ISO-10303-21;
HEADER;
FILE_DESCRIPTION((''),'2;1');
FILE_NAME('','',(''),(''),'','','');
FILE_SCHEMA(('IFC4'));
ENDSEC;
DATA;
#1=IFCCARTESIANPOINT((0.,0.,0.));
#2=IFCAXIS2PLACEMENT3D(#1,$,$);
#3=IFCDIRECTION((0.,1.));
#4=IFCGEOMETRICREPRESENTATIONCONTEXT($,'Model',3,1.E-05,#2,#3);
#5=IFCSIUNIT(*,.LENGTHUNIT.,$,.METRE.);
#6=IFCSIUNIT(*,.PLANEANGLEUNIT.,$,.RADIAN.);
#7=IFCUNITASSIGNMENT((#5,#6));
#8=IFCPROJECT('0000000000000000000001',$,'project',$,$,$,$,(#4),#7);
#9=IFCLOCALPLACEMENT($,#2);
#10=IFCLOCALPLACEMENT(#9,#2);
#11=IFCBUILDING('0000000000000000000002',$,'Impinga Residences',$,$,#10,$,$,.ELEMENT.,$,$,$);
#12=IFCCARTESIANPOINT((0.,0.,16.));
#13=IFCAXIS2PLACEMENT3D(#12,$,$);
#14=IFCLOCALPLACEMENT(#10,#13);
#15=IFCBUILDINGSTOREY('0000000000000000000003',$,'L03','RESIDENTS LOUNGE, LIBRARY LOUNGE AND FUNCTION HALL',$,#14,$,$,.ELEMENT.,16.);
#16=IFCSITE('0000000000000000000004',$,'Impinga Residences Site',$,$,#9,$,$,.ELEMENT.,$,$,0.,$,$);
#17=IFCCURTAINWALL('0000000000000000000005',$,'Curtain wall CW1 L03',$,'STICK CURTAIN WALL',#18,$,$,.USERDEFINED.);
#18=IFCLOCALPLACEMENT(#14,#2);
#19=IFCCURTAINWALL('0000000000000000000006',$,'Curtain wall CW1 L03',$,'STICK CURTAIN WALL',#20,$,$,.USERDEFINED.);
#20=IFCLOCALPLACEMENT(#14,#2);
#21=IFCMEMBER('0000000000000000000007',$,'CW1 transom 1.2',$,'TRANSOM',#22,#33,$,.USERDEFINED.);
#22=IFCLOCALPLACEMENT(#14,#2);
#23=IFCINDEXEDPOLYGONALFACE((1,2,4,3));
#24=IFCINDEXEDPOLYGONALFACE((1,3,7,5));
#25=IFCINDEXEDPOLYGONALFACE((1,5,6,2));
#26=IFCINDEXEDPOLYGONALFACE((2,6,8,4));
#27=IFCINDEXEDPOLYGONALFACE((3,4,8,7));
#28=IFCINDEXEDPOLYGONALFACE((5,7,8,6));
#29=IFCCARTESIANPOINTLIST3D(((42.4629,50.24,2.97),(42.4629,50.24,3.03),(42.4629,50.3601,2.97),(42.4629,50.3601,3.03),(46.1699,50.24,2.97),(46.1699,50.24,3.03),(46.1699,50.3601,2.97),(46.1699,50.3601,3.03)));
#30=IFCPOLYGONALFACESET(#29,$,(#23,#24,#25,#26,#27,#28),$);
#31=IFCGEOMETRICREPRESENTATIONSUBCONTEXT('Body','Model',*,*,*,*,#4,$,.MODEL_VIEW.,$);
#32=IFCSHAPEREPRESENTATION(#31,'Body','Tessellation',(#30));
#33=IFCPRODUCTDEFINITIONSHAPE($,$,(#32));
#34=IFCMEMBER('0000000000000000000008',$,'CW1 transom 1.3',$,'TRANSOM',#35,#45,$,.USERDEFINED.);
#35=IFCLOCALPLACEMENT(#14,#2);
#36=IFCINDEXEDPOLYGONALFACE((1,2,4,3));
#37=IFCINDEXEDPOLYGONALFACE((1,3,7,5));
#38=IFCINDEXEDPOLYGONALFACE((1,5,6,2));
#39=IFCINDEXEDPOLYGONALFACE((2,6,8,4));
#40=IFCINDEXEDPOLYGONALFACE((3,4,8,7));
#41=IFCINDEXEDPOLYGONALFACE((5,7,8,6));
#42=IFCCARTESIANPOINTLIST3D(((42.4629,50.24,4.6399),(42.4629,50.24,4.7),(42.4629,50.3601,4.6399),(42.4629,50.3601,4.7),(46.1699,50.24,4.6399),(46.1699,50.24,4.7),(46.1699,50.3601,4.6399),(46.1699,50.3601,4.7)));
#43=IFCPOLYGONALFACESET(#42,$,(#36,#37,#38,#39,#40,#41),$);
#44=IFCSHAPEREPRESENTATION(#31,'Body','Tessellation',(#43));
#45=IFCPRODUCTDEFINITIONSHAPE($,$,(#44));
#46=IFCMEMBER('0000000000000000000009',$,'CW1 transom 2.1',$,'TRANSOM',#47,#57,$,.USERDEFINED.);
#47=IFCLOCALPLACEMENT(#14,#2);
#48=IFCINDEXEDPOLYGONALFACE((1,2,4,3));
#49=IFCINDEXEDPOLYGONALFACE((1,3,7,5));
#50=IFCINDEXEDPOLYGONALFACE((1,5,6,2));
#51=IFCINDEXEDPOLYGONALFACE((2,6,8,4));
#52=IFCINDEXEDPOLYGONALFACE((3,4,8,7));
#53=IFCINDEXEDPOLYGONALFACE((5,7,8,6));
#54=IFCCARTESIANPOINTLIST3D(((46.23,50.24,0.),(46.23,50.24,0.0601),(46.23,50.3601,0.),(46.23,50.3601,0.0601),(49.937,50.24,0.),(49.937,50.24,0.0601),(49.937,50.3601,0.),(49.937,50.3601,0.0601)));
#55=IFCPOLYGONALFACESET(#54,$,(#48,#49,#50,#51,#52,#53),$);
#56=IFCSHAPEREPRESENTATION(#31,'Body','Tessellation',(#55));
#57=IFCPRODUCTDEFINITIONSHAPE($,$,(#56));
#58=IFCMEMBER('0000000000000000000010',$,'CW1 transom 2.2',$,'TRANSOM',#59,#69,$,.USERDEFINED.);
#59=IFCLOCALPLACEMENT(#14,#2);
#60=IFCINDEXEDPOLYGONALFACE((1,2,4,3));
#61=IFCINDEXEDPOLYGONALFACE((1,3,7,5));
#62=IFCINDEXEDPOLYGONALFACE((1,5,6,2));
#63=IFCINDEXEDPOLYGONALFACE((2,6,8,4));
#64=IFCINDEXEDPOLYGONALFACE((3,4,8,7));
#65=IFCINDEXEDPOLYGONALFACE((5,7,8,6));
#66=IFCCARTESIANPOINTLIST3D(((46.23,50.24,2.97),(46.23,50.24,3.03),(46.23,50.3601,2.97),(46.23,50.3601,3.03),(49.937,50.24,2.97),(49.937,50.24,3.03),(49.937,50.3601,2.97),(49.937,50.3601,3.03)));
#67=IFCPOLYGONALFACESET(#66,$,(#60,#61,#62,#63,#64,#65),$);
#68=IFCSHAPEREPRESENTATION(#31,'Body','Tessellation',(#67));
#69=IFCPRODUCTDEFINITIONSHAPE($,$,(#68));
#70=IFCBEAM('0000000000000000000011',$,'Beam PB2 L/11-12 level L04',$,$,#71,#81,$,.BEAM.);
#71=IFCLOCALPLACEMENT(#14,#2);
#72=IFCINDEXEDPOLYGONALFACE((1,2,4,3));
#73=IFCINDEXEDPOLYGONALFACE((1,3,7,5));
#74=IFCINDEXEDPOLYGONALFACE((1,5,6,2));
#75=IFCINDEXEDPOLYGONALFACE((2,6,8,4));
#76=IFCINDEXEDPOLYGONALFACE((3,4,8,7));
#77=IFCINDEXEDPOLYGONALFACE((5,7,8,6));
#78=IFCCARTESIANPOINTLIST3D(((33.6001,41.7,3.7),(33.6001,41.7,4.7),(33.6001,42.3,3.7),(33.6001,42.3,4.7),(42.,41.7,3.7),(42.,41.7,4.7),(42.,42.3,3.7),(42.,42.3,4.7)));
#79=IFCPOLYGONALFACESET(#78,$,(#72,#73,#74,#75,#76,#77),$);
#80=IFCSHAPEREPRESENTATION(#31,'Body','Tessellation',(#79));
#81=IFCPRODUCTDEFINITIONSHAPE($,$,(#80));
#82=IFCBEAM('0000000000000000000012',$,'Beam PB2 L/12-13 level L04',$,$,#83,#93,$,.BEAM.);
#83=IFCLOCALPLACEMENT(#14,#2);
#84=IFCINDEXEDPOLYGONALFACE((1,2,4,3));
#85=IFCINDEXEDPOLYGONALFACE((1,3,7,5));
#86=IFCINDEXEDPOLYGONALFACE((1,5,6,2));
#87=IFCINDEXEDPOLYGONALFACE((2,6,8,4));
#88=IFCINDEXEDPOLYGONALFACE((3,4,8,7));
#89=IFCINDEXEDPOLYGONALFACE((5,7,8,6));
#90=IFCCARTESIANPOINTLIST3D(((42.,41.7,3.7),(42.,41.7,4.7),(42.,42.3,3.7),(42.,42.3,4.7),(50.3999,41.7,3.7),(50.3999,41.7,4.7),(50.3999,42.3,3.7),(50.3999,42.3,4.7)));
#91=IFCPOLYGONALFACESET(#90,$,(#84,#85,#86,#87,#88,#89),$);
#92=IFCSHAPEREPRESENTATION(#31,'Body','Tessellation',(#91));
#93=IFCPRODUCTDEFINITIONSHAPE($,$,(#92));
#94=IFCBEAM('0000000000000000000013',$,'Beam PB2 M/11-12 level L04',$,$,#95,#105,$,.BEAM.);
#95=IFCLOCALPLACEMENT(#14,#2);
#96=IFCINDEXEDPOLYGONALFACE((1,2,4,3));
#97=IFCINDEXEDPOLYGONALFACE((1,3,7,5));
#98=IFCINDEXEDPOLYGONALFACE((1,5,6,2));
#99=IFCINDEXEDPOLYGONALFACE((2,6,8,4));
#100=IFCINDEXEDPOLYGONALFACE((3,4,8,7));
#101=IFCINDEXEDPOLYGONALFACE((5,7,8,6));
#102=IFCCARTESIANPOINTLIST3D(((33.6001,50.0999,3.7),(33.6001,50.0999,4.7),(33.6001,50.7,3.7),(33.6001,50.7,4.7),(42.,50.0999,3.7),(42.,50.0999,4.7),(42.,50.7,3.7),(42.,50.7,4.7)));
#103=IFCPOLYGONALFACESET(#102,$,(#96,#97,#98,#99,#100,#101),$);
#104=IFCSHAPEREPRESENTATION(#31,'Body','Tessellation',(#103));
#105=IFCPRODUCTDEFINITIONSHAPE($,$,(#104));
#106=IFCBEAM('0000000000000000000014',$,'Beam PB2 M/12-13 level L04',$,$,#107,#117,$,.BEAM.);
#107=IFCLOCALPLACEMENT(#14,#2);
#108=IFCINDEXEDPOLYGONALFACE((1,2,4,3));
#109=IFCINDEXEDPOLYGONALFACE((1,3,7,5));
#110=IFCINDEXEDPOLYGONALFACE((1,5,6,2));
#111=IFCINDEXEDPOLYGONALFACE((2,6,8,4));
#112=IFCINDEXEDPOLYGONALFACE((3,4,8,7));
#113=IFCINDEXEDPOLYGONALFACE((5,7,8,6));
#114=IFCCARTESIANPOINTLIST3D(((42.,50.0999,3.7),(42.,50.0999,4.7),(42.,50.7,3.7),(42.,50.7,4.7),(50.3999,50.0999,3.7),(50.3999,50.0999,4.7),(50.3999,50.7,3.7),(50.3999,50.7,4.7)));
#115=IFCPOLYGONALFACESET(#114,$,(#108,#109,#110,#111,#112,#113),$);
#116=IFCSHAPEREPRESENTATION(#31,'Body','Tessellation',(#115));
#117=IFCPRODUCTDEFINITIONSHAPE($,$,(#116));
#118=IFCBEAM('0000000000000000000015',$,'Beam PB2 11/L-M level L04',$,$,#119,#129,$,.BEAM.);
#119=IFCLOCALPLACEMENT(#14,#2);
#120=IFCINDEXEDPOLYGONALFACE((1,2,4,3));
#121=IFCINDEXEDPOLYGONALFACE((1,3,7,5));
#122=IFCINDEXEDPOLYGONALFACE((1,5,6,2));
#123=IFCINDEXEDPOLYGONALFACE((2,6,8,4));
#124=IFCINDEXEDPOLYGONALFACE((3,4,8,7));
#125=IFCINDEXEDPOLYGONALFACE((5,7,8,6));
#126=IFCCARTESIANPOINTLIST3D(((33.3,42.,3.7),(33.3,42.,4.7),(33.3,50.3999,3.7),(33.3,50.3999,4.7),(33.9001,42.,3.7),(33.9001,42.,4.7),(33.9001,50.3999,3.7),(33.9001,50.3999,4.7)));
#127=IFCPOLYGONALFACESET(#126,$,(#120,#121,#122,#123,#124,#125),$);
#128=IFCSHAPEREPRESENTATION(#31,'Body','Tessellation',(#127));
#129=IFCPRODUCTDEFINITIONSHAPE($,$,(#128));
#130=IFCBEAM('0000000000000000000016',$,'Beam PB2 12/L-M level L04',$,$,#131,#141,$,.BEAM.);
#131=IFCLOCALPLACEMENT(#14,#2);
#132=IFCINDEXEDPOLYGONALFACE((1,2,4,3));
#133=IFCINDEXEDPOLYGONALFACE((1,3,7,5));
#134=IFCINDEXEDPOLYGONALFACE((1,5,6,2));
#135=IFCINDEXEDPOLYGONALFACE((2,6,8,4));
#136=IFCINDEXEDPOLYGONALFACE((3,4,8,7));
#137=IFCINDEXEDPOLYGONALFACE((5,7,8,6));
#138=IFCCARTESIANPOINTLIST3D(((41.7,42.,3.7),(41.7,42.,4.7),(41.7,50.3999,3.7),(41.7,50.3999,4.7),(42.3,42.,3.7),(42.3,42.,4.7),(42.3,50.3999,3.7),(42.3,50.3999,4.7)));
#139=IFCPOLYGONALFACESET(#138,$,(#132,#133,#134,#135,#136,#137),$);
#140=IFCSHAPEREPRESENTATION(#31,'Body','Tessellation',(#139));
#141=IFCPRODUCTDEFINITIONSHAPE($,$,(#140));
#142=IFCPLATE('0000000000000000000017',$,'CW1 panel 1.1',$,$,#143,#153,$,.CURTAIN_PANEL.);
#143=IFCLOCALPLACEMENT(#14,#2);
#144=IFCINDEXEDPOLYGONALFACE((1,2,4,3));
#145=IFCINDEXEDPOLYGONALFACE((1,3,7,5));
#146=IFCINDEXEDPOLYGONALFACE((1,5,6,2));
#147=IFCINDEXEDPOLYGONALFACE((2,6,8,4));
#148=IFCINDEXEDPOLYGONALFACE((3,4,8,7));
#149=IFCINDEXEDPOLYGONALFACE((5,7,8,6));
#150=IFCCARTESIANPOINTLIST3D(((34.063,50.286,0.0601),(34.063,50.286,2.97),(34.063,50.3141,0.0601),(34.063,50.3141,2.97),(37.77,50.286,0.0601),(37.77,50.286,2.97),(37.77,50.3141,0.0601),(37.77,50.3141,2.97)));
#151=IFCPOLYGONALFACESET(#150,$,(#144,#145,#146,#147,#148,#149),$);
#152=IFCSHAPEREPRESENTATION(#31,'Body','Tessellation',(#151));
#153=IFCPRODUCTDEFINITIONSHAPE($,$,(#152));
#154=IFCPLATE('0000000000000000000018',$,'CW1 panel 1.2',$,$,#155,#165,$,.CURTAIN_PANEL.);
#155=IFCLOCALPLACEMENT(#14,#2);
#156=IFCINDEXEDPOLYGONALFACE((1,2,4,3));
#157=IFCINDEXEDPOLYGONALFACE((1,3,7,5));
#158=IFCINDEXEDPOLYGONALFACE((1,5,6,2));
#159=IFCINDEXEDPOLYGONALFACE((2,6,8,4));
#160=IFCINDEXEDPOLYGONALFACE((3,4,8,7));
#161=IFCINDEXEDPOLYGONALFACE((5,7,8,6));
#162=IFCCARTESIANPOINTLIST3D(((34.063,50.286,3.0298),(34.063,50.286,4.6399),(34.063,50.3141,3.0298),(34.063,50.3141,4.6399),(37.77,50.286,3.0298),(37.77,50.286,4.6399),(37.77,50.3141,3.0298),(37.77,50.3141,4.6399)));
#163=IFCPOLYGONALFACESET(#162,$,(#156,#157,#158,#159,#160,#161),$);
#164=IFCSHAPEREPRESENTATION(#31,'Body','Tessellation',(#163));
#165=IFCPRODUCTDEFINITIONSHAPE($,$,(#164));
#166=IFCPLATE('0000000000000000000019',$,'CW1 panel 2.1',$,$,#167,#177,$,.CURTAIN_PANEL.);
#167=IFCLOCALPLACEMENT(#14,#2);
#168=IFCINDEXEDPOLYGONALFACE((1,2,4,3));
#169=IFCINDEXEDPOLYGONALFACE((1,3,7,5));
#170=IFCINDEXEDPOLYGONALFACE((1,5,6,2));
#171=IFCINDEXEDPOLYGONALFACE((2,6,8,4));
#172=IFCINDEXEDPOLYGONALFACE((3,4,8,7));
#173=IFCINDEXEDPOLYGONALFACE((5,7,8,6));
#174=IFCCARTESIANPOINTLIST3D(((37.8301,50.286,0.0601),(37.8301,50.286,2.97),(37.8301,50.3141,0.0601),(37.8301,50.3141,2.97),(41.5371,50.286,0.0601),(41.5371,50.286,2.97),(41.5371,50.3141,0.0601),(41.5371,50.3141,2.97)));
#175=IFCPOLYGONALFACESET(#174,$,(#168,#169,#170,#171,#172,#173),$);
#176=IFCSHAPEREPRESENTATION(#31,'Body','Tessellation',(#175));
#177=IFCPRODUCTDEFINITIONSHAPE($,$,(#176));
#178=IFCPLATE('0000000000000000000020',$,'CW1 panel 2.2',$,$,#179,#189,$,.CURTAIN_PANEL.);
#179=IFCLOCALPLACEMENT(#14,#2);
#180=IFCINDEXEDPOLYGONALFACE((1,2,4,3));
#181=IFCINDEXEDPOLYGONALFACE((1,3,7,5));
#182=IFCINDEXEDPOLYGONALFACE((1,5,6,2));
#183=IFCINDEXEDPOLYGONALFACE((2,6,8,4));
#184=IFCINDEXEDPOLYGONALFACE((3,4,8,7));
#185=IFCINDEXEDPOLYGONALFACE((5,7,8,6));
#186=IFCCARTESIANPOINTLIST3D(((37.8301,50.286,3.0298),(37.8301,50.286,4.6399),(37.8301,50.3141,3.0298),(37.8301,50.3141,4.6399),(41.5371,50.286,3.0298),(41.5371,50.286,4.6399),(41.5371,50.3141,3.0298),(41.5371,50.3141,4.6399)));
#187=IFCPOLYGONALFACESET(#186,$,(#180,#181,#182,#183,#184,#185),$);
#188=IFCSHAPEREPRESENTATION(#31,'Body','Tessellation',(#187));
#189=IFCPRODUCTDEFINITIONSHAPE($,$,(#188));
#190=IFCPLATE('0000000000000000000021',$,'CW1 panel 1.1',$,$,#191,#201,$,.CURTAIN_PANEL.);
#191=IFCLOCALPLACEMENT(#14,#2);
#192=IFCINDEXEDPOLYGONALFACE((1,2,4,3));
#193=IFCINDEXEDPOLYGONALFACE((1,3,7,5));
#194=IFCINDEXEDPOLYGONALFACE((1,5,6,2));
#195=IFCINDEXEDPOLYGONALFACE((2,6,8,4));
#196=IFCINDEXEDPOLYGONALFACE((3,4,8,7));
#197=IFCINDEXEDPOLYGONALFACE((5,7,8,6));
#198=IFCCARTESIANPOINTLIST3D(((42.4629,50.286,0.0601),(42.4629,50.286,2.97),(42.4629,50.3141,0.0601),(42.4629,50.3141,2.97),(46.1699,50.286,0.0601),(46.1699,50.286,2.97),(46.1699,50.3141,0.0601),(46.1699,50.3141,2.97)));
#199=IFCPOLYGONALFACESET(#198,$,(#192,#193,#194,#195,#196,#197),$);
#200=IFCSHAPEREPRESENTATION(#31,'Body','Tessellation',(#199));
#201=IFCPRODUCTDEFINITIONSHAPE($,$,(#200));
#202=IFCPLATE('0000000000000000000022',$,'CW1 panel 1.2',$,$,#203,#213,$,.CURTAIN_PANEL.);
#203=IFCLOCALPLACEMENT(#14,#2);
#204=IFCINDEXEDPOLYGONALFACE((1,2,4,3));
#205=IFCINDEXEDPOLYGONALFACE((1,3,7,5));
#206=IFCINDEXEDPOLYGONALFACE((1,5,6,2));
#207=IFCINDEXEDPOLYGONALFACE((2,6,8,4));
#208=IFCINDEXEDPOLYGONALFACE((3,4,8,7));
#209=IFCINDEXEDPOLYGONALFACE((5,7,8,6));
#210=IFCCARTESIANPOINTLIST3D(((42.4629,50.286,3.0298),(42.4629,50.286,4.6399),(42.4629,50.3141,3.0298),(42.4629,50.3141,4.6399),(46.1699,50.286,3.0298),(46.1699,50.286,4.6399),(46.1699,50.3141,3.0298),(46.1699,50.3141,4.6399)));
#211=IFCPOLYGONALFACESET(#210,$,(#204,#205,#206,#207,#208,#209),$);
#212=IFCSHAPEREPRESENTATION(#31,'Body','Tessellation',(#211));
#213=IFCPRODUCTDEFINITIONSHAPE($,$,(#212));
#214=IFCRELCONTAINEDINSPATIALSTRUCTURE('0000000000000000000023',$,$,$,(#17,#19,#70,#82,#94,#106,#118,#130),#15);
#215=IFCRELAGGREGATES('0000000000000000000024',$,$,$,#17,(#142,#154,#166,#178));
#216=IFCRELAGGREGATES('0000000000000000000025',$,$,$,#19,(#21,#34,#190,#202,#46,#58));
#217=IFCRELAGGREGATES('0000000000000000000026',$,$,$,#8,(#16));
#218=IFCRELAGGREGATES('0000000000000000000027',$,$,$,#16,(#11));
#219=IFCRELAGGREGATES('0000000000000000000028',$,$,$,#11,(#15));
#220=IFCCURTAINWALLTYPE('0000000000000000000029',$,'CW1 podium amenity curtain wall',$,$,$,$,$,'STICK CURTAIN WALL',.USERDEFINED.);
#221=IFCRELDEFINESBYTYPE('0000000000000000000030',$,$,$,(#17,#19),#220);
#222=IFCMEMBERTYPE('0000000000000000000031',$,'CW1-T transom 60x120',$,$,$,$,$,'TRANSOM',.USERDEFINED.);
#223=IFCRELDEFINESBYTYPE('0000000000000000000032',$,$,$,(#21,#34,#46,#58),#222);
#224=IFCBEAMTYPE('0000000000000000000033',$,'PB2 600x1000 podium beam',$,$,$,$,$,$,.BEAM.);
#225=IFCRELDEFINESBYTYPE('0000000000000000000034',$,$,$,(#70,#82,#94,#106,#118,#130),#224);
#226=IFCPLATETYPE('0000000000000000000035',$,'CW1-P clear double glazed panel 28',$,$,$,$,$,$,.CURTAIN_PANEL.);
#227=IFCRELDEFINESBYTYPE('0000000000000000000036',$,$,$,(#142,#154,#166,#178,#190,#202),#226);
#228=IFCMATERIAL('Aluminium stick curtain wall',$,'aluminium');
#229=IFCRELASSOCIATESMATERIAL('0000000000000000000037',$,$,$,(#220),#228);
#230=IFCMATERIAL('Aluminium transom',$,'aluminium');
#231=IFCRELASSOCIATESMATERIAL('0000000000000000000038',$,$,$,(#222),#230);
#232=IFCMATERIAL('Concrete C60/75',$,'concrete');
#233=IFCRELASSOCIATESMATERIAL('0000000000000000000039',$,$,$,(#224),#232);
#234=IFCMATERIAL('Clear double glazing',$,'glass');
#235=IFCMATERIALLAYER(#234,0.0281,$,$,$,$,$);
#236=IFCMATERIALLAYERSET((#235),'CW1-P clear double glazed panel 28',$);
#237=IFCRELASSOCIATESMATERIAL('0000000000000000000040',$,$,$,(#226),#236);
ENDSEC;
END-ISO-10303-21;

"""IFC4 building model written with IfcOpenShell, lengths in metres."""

from ifc_helpers import new_model, si_unit, direction, frame, origin, origin_2d, place, context, subcontext, project, spatial, rectangle, extrude, material, layer, layer_set, material_profile, profile_set, type_object, element, aggregate, save


model = new_model("IFC4")

# Units and contexts
model_context = context("Model", 3, precision=1e-05, world=origin(), true_north=direction((0.0, 1.0)))
body_context = subcontext(model_context, "Body", "Model", "MODEL_VIEW")
ifc_project = project(units=[si_unit("LENGTHUNIT", "METRE"), si_unit("PLANEANGLEUNIT", "RADIAN")], contexts=[model_context])

# Site, building, storey
site_placement = place(None, origin())
site = spatial("IfcSite", under=ifc_project, at=site_placement, Name="Impinga Residences Site", CompositionType="ELEMENT", RefElevation=0.0)
building_placement = place(site_placement, origin())
building = spatial("IfcBuilding", under=site, at=building_placement, Name="Impinga Residences", CompositionType="ELEMENT")
storey_placement = place(building_placement, frame((0.0, 0.0, 16.0)))
storey = spatial("IfcBuildingStorey", under=building, at=storey_placement, Name="L03", Description="RESIDENTS LOUNGE, LIBRARY LOUNGE AND FUNCTION HALL", CompositionType="ELEMENT", Elevation=16.0)

# Curtain walls
ifc_material_1 = material(Name="Aluminium stick curtain wall", Category="aluminium")
curtain_wall_type = type_object("IfcCurtainWallType", Name="CW1 podium amenity curtain wall", ElementType="STICK CURTAIN WALL", PredefinedType="USERDEFINED", material=ifc_material_1)
curtain_wall_1_placement = place(storey_placement, origin())
curtain_wall_1 = element("IfcCurtainWall", 1, at=curtain_wall_1_placement, inside=storey, type_object=curtain_wall_type, Name="Curtain wall CW1 L03", ObjectType="STICK CURTAIN WALL", PredefinedType="USERDEFINED")
curtain_wall_2_placement = place(storey_placement, origin())
curtain_wall_2 = element("IfcCurtainWall", 2, at=curtain_wall_2_placement, inside=storey, type_object=curtain_wall_type, Name="Curtain wall CW1 L03", ObjectType="STICK CURTAIN WALL", PredefinedType="USERDEFINED")

# Members
ifc_material_2 = material(Name="Aluminium transom", Category="aluminium")
ifc_material_profile_1 = material_profile(ifc_material_2, rectangle(XDim=0.0601, YDim=0.1201, at=origin_2d()), Name="60x120 transom")
ifc_profile_set_1 = profile_set([ifc_material_profile_1], Name="Aluminium transom")
member_type_1 = type_object("IfcMemberType", Name="CW1-T transom 60x120", ElementType="TRANSOM", PredefinedType="USERDEFINED", material=ifc_profile_set_1)
member_1_placement = place(storey_placement, frame((42.4629, 50.3, 3.0), z_axis=(1.0, 0.0, 0.0), x_axis=(0.0, 0.0, 1.0)))
member_1 = element("IfcMember", 3, at=member_1_placement, type_object=member_type_1, Name="CW1 transom 1.2", ObjectType="TRANSOM", PredefinedType="USERDEFINED", context=body_context, shape_type="SweptSolid", body=[
    extrude(rectangle(XDim=0.0601, YDim=0.1201, at=origin_2d()), origin(), (0.0, 0.0, 1.0), 3.707),
])
member_2_placement = place(storey_placement, frame((42.4629, 50.3, 4.6699), z_axis=(1.0, 0.0, 0.0), x_axis=(0.0, 0.0, 1.0)))
member_2 = element("IfcMember", 4, at=member_2_placement, type_object=member_type_1, Name="CW1 transom 1.3", ObjectType="TRANSOM", PredefinedType="USERDEFINED", context=body_context, shape_type="SweptSolid", body=[
    extrude(rectangle(XDim=0.0601, YDim=0.1201, at=origin_2d()), origin(), (0.0, 0.0, 1.0), 3.707),
])
member_3_placement = place(storey_placement, frame((46.23, 50.3, 0.03), z_axis=(1.0, 0.0, 0.0), x_axis=(0.0, 0.0, 1.0)))
member_3 = element("IfcMember", 5, at=member_3_placement, type_object=member_type_1, Name="CW1 transom 2.1", ObjectType="TRANSOM", PredefinedType="USERDEFINED", context=body_context, shape_type="SweptSolid", body=[
    extrude(rectangle(XDim=0.0601, YDim=0.1201, at=origin_2d()), origin(), (0.0, 0.0, 1.0), 3.707),
])
member_4_placement = place(storey_placement, frame((46.23, 50.3, 3.0), z_axis=(1.0, 0.0, 0.0), x_axis=(0.0, 0.0, 1.0)))
member_4 = element("IfcMember", 6, at=member_4_placement, type_object=member_type_1, Name="CW1 transom 2.2", ObjectType="TRANSOM", PredefinedType="USERDEFINED", context=body_context, shape_type="SweptSolid", body=[
    extrude(rectangle(XDim=0.0601, YDim=0.1201, at=origin_2d()), origin(), (0.0, 0.0, 1.0), 3.707),
])

# Beams
ifc_material_3 = material(Name="Concrete C60/75", Category="concrete")
ifc_material_profile_2 = material_profile(ifc_material_3, rectangle(XDim=0.6001, YDim=1.0, at=origin_2d()), Name="RC 600x1000")
ifc_profile_set_2 = profile_set([ifc_material_profile_2], Name="Concrete C60/75")
beam_type = type_object("IfcBeamType", Name="PB2 600x1000 podium beam", PredefinedType="BEAM", material=ifc_profile_set_2)
for number, where, z_axis, x_axis, name in (
    (7, (33.6001, 42.0, 4.2), (1.0, 0.0, 0.0), (0.0, 1.0, 0.0), "Beam PB2 L/11-12 level L04"),
    (8, (42.0, 42.0, 4.2), (1.0, 0.0, 0.0), (0.0, 1.0, 0.0), "Beam PB2 L/12-13 level L04"),
    (9, (33.6001, 50.3999, 4.2), (1.0, 0.0, 0.0), (0.0, 1.0, 0.0), "Beam PB2 M/11-12 level L04"),
    (10, (42.0, 50.3999, 4.2), (1.0, 0.0, 0.0), (0.0, 1.0, 0.0), "Beam PB2 M/12-13 level L04"),
    (11, (33.6001, 42.0, 4.2), (0.0, 1.0, 0.0), (-1.0, 0.0, 0.0), "Beam PB2 11/L-M level L04"),
    (12, (42.0, 42.0, 4.2), (0.0, 1.0, 0.0), (-1.0, 0.0, 0.0), "Beam PB2 12/L-M level L04"),
):
    element("IfcBeam", number, at=place(storey_placement, frame(where, z_axis=z_axis, x_axis=x_axis)), inside=storey, type_object=beam_type, Name=name, PredefinedType="BEAM", context=body_context, shape_type="SweptSolid", body=[
        extrude(rectangle(XDim=0.6001, YDim=1.0, at=origin_2d()), origin(), (0.0, 0.0, 1.0), 8.3999),
    ])

# Plates
ifc_material_4 = material(Name="Clear double glazing", Category="glass")
ifc_layer = layer(ifc_material_4, 0.0281)
ifc_layer_set = layer_set([ifc_layer], Name="CW1-P clear double glazed panel 28")
plate_type = type_object("IfcPlateType", Name="CW1-P clear double glazed panel 28", PredefinedType="CURTAIN_PANEL", material=ifc_layer_set)
plate_1_placement = place(storey_placement, frame((35.9165, 50.3, 0.0601), z_axis=(0.0, 0.0, 1.0), x_axis=(1.0, 0.0, 0.0)))
plate_1 = element("IfcPlate", 13, at=plate_1_placement, type_object=plate_type, Name="CW1 panel 1.1", PredefinedType="CURTAIN_PANEL", context=body_context, shape_type="SweptSolid", body=[
    extrude(rectangle(XDim=3.707, YDim=0.0281, at=origin_2d()), origin(), (0.0, 0.0, 1.0), 2.9099),
])
plate_2_placement = place(storey_placement, frame((35.9165, 50.3, 3.0298), z_axis=(0.0, 0.0, 1.0), x_axis=(1.0, 0.0, 0.0)))
plate_2 = element("IfcPlate", 14, at=plate_2_placement, type_object=plate_type, Name="CW1 panel 1.2", PredefinedType="CURTAIN_PANEL", context=body_context, shape_type="SweptSolid", body=[
    extrude(rectangle(XDim=3.707, YDim=0.0281, at=origin_2d()), origin(), (0.0, 0.0, 1.0), 1.6101),
])
plate_3_placement = place(storey_placement, frame((39.6836, 50.3, 0.0601), z_axis=(0.0, 0.0, 1.0), x_axis=(1.0, 0.0, 0.0)))
plate_3 = element("IfcPlate", 15, at=plate_3_placement, type_object=plate_type, Name="CW1 panel 2.1", PredefinedType="CURTAIN_PANEL", context=body_context, shape_type="SweptSolid", body=[
    extrude(rectangle(XDim=3.707, YDim=0.0281, at=origin_2d()), origin(), (0.0, 0.0, 1.0), 2.9099),
])
plate_4_placement = place(storey_placement, frame((39.6836, 50.3, 3.0298), z_axis=(0.0, 0.0, 1.0), x_axis=(1.0, 0.0, 0.0)))
plate_4 = element("IfcPlate", 16, at=plate_4_placement, type_object=plate_type, Name="CW1 panel 2.2", PredefinedType="CURTAIN_PANEL", context=body_context, shape_type="SweptSolid", body=[
    extrude(rectangle(XDim=3.707, YDim=0.0281, at=origin_2d()), origin(), (0.0, 0.0, 1.0), 1.6101),
])
aggregate(curtain_wall_1, [plate_1, plate_2, plate_3, plate_4])
plate_5_placement = place(storey_placement, frame((44.3164, 50.3, 0.0601), z_axis=(0.0, 0.0, 1.0), x_axis=(1.0, 0.0, 0.0)))
plate_5 = element("IfcPlate", 17, at=plate_5_placement, type_object=plate_type, Name="CW1 panel 1.1", PredefinedType="CURTAIN_PANEL", context=body_context, shape_type="SweptSolid", body=[
    extrude(rectangle(XDim=3.707, YDim=0.0281, at=origin_2d()), origin(), (0.0, 0.0, 1.0), 2.9099),
])
plate_6_placement = place(storey_placement, frame((44.3164, 50.3, 3.0298), z_axis=(0.0, 0.0, 1.0), x_axis=(1.0, 0.0, 0.0)))
plate_6 = element("IfcPlate", 18, at=plate_6_placement, type_object=plate_type, Name="CW1 panel 1.2", PredefinedType="CURTAIN_PANEL", context=body_context, shape_type="SweptSolid", body=[
    extrude(rectangle(XDim=3.707, YDim=0.0281, at=origin_2d()), origin(), (0.0, 0.0, 1.0), 1.6101),
])
aggregate(curtain_wall_2, [member_1, member_2, plate_5, plate_6, member_3, member_4])

save(model, "model.ifc")
